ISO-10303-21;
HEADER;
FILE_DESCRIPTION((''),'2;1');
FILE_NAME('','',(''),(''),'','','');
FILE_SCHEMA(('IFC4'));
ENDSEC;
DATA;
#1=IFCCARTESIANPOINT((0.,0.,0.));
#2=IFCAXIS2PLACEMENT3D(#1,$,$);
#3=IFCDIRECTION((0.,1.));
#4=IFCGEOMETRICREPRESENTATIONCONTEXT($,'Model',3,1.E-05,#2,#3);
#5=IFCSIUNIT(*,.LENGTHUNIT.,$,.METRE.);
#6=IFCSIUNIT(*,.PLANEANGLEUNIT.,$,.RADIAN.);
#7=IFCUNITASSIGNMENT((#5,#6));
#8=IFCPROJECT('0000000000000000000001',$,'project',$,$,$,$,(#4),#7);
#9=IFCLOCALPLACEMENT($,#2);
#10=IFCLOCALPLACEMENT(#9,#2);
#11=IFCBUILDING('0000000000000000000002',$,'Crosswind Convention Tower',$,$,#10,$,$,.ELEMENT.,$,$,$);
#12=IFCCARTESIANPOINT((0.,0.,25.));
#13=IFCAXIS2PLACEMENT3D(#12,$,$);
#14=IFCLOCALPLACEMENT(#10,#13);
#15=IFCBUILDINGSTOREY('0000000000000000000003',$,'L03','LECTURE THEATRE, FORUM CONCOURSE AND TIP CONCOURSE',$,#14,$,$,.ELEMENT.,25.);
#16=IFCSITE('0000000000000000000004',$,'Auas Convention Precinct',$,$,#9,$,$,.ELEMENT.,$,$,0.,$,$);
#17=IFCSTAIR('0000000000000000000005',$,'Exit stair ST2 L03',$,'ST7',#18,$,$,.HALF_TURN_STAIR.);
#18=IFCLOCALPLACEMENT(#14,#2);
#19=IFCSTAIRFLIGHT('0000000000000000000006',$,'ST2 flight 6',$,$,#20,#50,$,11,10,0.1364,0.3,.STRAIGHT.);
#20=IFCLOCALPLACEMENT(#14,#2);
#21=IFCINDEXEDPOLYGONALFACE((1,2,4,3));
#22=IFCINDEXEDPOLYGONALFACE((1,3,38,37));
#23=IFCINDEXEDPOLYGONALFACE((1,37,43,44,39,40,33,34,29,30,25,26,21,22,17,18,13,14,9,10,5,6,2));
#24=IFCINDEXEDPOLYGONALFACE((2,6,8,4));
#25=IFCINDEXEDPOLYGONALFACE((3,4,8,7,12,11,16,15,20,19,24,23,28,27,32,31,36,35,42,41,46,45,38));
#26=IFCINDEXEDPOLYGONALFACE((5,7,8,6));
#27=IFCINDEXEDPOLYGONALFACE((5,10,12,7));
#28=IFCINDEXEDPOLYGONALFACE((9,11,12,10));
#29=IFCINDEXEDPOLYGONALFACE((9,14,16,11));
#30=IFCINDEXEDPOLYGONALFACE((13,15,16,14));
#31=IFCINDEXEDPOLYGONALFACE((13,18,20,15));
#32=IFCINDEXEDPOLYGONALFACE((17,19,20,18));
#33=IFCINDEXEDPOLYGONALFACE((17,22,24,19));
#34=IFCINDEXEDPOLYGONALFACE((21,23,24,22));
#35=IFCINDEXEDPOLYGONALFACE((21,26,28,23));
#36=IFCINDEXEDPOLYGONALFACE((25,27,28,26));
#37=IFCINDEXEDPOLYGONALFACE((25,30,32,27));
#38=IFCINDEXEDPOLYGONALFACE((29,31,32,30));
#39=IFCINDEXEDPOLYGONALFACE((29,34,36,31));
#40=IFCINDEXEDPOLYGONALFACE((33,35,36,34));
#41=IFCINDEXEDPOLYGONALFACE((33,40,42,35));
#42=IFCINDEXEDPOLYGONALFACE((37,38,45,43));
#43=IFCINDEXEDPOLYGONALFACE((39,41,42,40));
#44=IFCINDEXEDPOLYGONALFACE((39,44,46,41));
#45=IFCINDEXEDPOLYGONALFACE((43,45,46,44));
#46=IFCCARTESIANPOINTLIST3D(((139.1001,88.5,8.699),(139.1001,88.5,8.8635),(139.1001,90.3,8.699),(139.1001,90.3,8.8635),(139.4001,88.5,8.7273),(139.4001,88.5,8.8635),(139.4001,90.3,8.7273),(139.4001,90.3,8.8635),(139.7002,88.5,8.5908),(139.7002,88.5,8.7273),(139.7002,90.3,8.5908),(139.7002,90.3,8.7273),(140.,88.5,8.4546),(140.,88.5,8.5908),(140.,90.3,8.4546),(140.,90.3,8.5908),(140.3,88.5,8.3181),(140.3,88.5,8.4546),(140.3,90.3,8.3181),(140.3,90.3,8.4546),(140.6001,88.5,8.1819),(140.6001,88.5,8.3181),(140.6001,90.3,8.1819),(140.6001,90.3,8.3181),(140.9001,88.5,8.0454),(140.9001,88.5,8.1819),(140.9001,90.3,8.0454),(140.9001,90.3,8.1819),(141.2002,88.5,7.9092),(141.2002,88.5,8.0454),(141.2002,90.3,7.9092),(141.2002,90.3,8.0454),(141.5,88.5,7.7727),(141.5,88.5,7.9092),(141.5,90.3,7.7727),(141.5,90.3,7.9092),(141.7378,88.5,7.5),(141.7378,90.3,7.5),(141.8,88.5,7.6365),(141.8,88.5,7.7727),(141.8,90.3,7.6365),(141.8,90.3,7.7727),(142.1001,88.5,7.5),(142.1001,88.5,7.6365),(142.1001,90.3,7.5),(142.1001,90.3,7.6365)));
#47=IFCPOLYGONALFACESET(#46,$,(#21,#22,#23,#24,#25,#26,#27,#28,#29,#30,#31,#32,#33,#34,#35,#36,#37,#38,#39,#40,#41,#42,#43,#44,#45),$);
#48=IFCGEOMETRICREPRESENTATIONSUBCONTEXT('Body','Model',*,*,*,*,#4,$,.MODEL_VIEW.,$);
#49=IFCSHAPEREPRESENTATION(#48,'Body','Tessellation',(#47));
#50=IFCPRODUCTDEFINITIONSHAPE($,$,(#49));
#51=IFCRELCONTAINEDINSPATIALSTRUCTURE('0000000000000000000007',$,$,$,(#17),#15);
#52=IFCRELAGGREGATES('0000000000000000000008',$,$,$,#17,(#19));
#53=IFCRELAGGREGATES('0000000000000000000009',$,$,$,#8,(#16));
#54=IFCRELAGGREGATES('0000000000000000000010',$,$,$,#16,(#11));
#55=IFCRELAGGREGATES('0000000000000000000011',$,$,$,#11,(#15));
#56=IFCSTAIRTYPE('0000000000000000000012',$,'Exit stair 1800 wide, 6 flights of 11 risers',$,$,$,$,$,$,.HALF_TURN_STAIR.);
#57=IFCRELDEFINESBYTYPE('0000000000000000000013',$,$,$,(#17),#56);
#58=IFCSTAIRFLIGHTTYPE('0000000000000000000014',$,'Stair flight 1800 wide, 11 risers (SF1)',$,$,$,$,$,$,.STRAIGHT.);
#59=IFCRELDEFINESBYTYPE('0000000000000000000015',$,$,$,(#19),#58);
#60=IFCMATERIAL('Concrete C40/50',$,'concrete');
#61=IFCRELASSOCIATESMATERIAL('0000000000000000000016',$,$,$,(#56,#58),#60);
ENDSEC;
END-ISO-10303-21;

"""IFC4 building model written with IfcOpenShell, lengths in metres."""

from ifc_helpers import new_model, si_unit, direction, frame, origin, place, context, subcontext, project, spatial, polyline, outline, extrude, material, type_object, element, aggregate, save


model = new_model("IFC4")

# Units and contexts
model_context = context("Model", 3, precision=1e-05, world=origin(), true_north=direction((0.0, 1.0)))
body_context = subcontext(model_context, "Body", "Model", "MODEL_VIEW")
ifc_project = project(units=[si_unit("LENGTHUNIT", "METRE"), si_unit("PLANEANGLEUNIT", "RADIAN")], contexts=[model_context])

# Site, building, storey
site_placement = place(None, origin())
site = spatial("IfcSite", under=ifc_project, at=site_placement, Name="Auas Convention Precinct", CompositionType="ELEMENT", RefElevation=0.0)
building_placement = place(site_placement, origin())
building = spatial("IfcBuilding", under=site, at=building_placement, Name="Crosswind Convention Tower", CompositionType="ELEMENT")
storey_placement = place(building_placement, frame((0.0, 0.0, 25.0)))
storey = spatial("IfcBuildingStorey", under=building, at=storey_placement, Name="L03", Description="LECTURE THEATRE, FORUM CONCOURSE AND TIP CONCOURSE", CompositionType="ELEMENT", Elevation=25.0)

# Shared definitions
ifc_material_1 = material(Name="Concrete C40/50", Category="concrete")

# Stair, stair flight
stair_type = type_object("IfcStairType", Name="Exit stair 1800 wide, 6 flights of 11 risers", PredefinedType="HALF_TURN_STAIR", material=ifc_material_1)
stair_placement = place(storey_placement, origin())
stair = element("IfcStair", 1, at=stair_placement, inside=storey, type_object=stair_type, Name="Exit stair ST2 L03", ObjectType="ST7", PredefinedType="HALF_TURN_STAIR")
stair_flight_type = type_object("IfcStairFlightType", Name="Stair flight 1800 wide, 11 risers (SF1)", PredefinedType="STRAIGHT", material=ifc_material_1)
stair_flight_1_placement = place(storey_placement, frame((142.1001, 89.3999, 7.5), z_axis=(0.0, 0.0, 1.0), x_axis=(-1.0, 0.0, 0.0)))
stair_flight_1 = element("IfcStairFlight", 2, at=stair_flight_1_placement, type_object=stair_flight_type, Name="ST2 flight 6", NumberOfRisers=11, NumberOfTreads=10, PredefinedType="STRAIGHT", RiserHeight=0.1364, TreadLength=0.3, context=body_context, shape_type="SweptSolid", body=[
    extrude(outline(polyline([(0.0, 0.0), (0.0, 0.1365), (0.3, 0.1365), (0.3, 0.2727), (0.6001, 0.2727), (0.6001, 0.4092), (0.8999, 0.4092), (0.8999, 0.5454), (1.2, 0.5454), (1.2, 0.6819), (1.5, 0.6819), (1.5, 0.8181), (1.8, 0.8181), (1.8, 0.9546), (2.1001, 0.9546), (2.1001, 1.0908), (2.3999, 1.0908), (2.3999, 1.2273), (2.7, 1.2273), (2.7, 1.3635), (3.0, 1.3635), (3.0, 1.5), (3.0, 1.199), (0.3623, 0.0), (0.0, 0.0)])), frame((0.0, 0.8999, 0.0), z_axis=(0.0, -1.0, 0.0), x_axis=(1.0, 0.0, 0.0)), (0.0, 0.0, 1.0), 1.8),
])
aggregate(stair, [stair_flight_1])

save(model, "model.ifc")
